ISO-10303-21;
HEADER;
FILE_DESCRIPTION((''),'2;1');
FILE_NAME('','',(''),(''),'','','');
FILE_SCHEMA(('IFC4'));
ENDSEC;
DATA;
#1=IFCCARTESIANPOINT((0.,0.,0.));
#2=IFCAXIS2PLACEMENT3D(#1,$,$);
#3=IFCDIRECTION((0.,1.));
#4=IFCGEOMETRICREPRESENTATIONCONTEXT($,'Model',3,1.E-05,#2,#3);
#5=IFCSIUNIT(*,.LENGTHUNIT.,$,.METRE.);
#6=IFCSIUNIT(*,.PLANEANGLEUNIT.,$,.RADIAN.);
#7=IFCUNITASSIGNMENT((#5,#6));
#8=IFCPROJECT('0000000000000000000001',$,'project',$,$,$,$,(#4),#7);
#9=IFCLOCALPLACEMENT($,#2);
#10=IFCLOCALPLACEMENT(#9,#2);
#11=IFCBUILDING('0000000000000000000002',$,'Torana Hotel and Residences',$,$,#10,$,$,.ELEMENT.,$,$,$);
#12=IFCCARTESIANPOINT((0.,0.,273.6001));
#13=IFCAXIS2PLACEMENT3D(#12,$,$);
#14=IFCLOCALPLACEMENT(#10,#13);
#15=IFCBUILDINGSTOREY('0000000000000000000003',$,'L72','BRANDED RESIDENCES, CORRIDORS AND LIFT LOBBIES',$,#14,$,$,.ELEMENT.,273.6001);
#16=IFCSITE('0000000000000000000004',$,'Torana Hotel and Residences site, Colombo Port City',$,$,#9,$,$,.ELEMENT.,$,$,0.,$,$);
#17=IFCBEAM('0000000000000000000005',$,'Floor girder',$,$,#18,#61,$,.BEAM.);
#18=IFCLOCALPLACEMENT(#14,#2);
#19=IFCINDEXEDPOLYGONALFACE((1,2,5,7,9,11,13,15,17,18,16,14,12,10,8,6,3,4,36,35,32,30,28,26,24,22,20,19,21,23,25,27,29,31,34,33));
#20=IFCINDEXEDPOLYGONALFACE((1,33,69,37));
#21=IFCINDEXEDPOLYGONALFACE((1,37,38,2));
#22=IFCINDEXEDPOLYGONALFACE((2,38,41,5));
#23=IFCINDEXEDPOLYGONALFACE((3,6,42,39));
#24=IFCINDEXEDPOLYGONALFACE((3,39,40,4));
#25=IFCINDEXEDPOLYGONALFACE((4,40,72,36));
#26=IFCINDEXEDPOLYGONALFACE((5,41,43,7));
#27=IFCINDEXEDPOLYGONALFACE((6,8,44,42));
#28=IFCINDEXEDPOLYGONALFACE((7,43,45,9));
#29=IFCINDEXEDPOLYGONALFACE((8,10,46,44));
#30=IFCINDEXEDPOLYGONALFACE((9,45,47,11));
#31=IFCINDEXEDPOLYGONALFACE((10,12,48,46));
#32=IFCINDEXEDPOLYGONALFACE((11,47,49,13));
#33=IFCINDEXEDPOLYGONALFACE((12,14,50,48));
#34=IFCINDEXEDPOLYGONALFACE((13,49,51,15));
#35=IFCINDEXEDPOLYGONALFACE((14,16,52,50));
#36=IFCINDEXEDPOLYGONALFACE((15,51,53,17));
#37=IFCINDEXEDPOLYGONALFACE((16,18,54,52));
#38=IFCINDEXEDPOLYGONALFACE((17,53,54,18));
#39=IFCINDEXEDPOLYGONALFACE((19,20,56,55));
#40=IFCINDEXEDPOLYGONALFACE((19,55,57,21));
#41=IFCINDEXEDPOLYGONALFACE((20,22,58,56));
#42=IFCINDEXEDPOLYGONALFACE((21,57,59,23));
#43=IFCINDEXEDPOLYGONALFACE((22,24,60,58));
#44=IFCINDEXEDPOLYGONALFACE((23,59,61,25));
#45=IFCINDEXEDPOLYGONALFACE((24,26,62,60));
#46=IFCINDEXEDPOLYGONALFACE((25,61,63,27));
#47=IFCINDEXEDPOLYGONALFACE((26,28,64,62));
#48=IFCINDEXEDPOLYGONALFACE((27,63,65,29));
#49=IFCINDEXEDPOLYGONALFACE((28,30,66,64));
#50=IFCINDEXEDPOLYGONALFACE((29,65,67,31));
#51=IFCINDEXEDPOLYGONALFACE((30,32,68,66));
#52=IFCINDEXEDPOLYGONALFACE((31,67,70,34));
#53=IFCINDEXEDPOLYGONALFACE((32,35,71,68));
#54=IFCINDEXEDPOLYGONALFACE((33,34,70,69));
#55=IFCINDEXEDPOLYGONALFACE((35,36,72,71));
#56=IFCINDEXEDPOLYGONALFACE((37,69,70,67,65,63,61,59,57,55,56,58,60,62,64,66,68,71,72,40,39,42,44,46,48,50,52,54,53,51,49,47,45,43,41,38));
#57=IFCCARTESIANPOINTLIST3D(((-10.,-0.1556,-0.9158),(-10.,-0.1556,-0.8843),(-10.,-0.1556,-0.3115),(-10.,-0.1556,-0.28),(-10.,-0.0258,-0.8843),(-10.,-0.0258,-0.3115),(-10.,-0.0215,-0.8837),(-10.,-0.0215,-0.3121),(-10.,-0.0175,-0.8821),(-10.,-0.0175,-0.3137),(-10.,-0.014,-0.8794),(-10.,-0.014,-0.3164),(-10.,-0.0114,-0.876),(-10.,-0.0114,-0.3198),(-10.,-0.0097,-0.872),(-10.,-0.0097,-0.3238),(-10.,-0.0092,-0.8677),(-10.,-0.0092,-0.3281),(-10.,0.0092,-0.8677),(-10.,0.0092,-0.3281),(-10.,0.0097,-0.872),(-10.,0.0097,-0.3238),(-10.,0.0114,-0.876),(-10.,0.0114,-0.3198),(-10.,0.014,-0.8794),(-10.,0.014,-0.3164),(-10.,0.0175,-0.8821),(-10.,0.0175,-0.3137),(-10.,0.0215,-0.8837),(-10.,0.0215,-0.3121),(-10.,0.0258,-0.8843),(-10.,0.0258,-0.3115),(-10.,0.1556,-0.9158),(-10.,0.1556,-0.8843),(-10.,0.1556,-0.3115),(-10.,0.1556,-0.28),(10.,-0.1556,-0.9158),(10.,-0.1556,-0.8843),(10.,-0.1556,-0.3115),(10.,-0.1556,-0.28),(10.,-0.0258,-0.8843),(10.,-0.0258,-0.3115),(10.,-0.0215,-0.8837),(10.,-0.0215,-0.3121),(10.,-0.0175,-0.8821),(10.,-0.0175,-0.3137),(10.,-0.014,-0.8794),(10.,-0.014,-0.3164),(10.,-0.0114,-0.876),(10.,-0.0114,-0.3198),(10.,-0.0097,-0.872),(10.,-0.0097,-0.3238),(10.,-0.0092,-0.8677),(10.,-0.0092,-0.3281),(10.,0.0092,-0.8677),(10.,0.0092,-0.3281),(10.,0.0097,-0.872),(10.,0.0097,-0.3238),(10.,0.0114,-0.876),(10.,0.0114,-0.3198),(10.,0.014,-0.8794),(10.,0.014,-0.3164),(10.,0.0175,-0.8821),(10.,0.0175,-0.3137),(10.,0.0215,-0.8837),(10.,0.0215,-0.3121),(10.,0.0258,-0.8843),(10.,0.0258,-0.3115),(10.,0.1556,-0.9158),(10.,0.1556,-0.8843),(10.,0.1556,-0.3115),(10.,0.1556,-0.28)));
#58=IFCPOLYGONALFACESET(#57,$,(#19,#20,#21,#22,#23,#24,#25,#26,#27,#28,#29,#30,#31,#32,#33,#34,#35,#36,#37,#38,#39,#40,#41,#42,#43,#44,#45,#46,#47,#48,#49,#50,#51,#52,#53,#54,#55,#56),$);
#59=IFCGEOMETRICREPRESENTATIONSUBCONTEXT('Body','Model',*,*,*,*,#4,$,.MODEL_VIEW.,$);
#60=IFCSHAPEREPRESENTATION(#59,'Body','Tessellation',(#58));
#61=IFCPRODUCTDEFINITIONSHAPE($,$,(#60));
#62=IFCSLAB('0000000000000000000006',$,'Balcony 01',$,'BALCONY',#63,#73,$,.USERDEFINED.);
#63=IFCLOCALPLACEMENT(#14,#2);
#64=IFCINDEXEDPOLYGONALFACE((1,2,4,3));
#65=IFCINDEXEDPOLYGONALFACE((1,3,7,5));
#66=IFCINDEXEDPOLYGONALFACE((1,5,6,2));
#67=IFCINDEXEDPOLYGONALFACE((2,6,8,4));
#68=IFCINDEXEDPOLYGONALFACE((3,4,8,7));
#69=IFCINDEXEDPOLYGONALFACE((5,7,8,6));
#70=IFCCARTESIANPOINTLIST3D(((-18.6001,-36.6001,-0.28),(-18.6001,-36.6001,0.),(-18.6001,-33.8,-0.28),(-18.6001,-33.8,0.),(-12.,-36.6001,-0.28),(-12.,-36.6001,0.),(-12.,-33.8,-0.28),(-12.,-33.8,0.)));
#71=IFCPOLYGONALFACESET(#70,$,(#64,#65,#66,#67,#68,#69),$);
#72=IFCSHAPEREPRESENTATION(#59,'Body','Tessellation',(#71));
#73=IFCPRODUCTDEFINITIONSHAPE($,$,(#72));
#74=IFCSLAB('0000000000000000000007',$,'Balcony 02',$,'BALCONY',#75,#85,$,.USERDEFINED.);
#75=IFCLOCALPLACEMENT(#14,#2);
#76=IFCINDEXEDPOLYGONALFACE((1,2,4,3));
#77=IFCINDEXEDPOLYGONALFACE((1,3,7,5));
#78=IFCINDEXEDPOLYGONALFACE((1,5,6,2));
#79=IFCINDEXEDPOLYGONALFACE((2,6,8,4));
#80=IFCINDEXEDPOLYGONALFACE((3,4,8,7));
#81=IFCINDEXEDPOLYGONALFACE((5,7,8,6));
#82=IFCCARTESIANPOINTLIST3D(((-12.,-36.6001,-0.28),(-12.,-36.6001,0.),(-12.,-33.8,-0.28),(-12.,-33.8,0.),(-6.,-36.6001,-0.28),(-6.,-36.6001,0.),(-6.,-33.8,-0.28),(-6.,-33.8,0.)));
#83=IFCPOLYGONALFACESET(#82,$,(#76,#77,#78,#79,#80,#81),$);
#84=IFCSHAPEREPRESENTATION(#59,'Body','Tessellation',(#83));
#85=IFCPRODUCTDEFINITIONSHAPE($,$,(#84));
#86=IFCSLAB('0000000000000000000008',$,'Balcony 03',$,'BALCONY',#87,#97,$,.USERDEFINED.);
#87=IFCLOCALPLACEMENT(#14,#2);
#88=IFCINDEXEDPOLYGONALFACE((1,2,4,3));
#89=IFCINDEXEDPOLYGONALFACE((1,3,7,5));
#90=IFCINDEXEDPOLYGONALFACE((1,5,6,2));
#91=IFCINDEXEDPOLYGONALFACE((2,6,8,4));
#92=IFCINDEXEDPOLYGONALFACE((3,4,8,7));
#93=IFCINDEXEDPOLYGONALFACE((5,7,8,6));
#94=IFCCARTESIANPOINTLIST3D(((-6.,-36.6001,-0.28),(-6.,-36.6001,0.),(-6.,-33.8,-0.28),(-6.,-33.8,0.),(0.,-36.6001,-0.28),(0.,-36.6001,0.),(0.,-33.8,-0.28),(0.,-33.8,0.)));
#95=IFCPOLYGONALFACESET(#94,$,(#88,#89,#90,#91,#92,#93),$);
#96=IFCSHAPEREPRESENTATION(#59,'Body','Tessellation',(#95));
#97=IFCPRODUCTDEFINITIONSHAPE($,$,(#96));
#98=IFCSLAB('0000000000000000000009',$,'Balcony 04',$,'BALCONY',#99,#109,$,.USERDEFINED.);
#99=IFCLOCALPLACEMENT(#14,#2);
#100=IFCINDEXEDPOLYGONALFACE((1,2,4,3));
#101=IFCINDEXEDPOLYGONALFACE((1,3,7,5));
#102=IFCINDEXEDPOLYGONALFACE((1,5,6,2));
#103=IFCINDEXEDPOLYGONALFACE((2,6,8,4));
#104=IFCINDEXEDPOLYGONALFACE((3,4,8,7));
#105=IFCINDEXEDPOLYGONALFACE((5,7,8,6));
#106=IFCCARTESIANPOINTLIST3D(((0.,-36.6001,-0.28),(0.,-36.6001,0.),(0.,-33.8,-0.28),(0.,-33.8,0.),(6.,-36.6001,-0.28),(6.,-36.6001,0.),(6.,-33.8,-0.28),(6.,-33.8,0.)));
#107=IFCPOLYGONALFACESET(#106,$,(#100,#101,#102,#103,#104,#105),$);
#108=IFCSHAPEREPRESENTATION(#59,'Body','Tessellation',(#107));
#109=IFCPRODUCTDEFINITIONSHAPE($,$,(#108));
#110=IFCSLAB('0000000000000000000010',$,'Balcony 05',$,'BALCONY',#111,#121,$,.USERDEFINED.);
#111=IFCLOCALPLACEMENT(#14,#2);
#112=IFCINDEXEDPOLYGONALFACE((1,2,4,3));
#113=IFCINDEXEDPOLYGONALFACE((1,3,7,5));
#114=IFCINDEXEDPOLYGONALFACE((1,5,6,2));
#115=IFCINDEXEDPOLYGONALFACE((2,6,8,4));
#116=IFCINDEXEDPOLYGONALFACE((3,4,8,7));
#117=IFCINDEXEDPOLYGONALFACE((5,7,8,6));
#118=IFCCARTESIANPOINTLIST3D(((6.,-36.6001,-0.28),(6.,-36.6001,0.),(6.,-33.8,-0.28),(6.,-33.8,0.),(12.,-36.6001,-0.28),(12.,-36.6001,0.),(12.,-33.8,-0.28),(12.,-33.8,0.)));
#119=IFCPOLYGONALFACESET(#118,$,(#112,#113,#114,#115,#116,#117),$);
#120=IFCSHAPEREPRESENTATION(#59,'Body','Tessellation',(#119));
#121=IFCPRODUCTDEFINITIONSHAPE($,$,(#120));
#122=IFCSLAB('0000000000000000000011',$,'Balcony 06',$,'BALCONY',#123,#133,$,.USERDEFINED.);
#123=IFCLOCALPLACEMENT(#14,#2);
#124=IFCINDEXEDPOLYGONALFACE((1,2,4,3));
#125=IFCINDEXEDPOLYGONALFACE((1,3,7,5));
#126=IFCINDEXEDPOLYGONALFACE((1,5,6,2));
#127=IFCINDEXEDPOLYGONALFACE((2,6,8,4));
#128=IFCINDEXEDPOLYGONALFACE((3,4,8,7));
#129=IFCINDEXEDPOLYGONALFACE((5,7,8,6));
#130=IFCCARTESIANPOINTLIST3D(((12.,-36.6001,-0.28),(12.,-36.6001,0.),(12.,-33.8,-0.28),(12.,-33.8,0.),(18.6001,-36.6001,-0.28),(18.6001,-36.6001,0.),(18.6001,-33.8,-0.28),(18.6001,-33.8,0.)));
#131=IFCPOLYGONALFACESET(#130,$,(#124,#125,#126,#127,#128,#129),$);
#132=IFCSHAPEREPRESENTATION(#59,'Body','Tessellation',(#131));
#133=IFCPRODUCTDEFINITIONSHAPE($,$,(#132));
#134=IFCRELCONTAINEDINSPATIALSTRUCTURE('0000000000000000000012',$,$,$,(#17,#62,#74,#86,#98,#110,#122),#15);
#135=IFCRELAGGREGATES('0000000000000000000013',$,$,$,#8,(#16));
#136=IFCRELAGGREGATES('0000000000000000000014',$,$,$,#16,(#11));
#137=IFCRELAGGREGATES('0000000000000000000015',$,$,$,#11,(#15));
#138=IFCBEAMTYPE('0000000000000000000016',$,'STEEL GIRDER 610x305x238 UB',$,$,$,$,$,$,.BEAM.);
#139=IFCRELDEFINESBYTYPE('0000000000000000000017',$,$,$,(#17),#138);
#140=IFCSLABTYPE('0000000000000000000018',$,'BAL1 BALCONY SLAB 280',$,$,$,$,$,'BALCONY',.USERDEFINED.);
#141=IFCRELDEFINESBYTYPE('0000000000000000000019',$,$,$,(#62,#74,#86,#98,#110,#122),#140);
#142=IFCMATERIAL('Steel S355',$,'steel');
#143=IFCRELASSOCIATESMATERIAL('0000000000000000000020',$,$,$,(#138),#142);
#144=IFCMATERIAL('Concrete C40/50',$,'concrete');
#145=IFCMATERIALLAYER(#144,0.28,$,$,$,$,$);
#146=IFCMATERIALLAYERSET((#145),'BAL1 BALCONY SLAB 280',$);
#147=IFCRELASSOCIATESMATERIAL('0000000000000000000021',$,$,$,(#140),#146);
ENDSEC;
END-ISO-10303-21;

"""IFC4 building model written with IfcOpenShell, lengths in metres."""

from ifc_helpers import new_model, si_unit, direction, frame, origin, origin_2d, place, context, subcontext, project, spatial, polyline, i_section, outline, extrude, material, layer, layer_set, material_profile, profile_set, type_object, element, save


model = new_model("IFC4")

# Units and contexts
model_context = context("Model", 3, precision=1e-05, world=origin(), true_north=direction((0.0, 1.0)))
body_context = subcontext(model_context, "Body", "Model", "MODEL_VIEW")
ifc_project = project(units=[si_unit("LENGTHUNIT", "METRE"), si_unit("PLANEANGLEUNIT", "RADIAN")], contexts=[model_context])

# Site, building, storey
site_placement = place(None, origin())
site = spatial("IfcSite", under=ifc_project, at=site_placement, Name="Torana Hotel and Residences site, Colombo Port City", CompositionType="ELEMENT", RefElevation=0.0)
building_placement = place(site_placement, origin())
building = spatial("IfcBuilding", under=site, at=building_placement, Name="Torana Hotel and Residences", CompositionType="ELEMENT")
storey_placement = place(building_placement, frame((0.0, 0.0, 273.6001)))
storey = spatial("IfcBuildingStorey", under=building, at=storey_placement, Name="L72", Description="BRANDED RESIDENCES, CORRIDORS AND LIFT LOBBIES", CompositionType="ELEMENT", Elevation=273.6001)

# Beam
ifc_material_1 = material(Name="Steel S355", Category="steel")
ifc_material_profile = material_profile(ifc_material_1, i_section(OverallWidth=0.3113, OverallDepth=0.6357, WebThickness=0.0183, FlangeThickness=0.0315, FilletRadius=0.0166, at=origin_2d()), Name="610x305x238 UB")
ifc_profile_set = profile_set([ifc_material_profile], Name="Steel S355")
beam_type = type_object("IfcBeamType", Name="STEEL GIRDER 610x305x238 UB", PredefinedType="BEAM", material=ifc_profile_set)
beam_placement = place(storey_placement, frame((-10.0, 0.0, -0.5979), z_axis=(1.0, 0.0, 0.0), x_axis=(0.0, 1.0, 0.0)))
element("IfcBeam", 1, at=beam_placement, inside=storey, type_object=beam_type, Name="Floor girder", PredefinedType="BEAM", context=body_context, shape_type="SweptSolid", body=[
    extrude(i_section(OverallWidth=0.3113, OverallDepth=0.6357, WebThickness=0.0183, FlangeThickness=0.0315, FilletRadius=0.0166, at=origin_2d()), origin(), (0.0, 0.0, 1.0), 20.0),
])

# Slabs
ifc_material_2 = material(Name="Concrete C40/50", Category="concrete")
ifc_layer_1 = layer(ifc_material_2, 0.28)
ifc_layer_set_1 = layer_set([ifc_layer_1], Name="BAL1 BALCONY SLAB 280")
slab_type_1 = type_object("IfcSlabType", Name="BAL1 BALCONY SLAB 280", ElementType="BALCONY", PredefinedType="USERDEFINED", material=ifc_layer_set_1)
slab_1_placement = place(storey_placement, frame((0.0, 0.0, -0.28)))
element("IfcSlab", 2, at=slab_1_placement, inside=storey, type_object=slab_type_1, Name="Balcony 01", ObjectType="BALCONY", PredefinedType="USERDEFINED", context=body_context, shape_type="SweptSolid", body=[
    extrude(outline(polyline([(-18.6001, -36.6001), (-12.0, -36.6001), (-12.0, -33.8), (-18.6001, -33.8), (-18.6001, -36.6001)])), origin(), (0.0, 0.0, 1.0), 0.28),
])
slab_2_placement = place(storey_placement, frame((0.0, 0.0, -0.28)))
element("IfcSlab", 3, at=slab_2_placement, inside=storey, type_object=slab_type_1, Name="Balcony 02", ObjectType="BALCONY", PredefinedType="USERDEFINED", context=body_context, shape_type="SweptSolid", body=[
    extrude(outline(polyline([(-12.0, -36.6001), (-6.0, -36.6001), (-6.0, -33.8), (-12.0, -33.8), (-12.0, -36.6001)])), origin(), (0.0, 0.0, 1.0), 0.28),
])
slab_3_placement = place(storey_placement, frame((0.0, 0.0, -0.28)))
element("IfcSlab", 4, at=slab_3_placement, inside=storey, type_object=slab_type_1, Name="Balcony 03", ObjectType="BALCONY", PredefinedType="USERDEFINED", context=body_context, shape_type="SweptSolid", body=[
    extrude(outline(polyline([(-6.0, -36.6001), (0.0, -36.6001), (0.0, -33.8), (-6.0, -33.8), (-6.0, -36.6001)])), origin(), (0.0, 0.0, 1.0), 0.28),
])
slab_4_placement = place(storey_placement, frame((0.0, 0.0, -0.28)))
element("IfcSlab", 5, at=slab_4_placement, inside=storey, type_object=slab_type_1, Name="Balcony 04", ObjectType="BALCONY", PredefinedType="USERDEFINED", context=body_context, shape_type="SweptSolid", body=[
    extrude(outline(polyline([(0.0, -36.6001), (6.0, -36.6001), (6.0, -33.8), (0.0, -33.8), (0.0, -36.6001)])), origin(), (0.0, 0.0, 1.0), 0.28),
])
slab_5_placement = place(storey_placement, frame((0.0, 0.0, -0.28)))
element("IfcSlab", 6, at=slab_5_placement, inside=storey, type_object=slab_type_1, Name="Balcony 05", ObjectType="BALCONY", PredefinedType="USERDEFINED", context=body_context, shape_type="SweptSolid", body=[
    extrude(outline(polyline([(6.0, -36.6001), (12.0, -36.6001), (12.0, -33.8), (6.0, -33.8), (6.0, -36.6001)])), origin(), (0.0, 0.0, 1.0), 0.28),
])
slab_6_placement = place(storey_placement, frame((0.0, 0.0, -0.28)))
element("IfcSlab", 7, at=slab_6_placement, inside=storey, type_object=slab_type_1, Name="Balcony 06", ObjectType="BALCONY", PredefinedType="USERDEFINED", context=body_context, shape_type="SweptSolid", body=[
    extrude(outline(polyline([(12.0, -36.6001), (18.6001, -36.6001), (18.6001, -33.8), (12.0, -33.8), (12.0, -36.6001)])), origin(), (0.0, 0.0, 1.0), 0.28),
])

save(model, "model.ifc")
